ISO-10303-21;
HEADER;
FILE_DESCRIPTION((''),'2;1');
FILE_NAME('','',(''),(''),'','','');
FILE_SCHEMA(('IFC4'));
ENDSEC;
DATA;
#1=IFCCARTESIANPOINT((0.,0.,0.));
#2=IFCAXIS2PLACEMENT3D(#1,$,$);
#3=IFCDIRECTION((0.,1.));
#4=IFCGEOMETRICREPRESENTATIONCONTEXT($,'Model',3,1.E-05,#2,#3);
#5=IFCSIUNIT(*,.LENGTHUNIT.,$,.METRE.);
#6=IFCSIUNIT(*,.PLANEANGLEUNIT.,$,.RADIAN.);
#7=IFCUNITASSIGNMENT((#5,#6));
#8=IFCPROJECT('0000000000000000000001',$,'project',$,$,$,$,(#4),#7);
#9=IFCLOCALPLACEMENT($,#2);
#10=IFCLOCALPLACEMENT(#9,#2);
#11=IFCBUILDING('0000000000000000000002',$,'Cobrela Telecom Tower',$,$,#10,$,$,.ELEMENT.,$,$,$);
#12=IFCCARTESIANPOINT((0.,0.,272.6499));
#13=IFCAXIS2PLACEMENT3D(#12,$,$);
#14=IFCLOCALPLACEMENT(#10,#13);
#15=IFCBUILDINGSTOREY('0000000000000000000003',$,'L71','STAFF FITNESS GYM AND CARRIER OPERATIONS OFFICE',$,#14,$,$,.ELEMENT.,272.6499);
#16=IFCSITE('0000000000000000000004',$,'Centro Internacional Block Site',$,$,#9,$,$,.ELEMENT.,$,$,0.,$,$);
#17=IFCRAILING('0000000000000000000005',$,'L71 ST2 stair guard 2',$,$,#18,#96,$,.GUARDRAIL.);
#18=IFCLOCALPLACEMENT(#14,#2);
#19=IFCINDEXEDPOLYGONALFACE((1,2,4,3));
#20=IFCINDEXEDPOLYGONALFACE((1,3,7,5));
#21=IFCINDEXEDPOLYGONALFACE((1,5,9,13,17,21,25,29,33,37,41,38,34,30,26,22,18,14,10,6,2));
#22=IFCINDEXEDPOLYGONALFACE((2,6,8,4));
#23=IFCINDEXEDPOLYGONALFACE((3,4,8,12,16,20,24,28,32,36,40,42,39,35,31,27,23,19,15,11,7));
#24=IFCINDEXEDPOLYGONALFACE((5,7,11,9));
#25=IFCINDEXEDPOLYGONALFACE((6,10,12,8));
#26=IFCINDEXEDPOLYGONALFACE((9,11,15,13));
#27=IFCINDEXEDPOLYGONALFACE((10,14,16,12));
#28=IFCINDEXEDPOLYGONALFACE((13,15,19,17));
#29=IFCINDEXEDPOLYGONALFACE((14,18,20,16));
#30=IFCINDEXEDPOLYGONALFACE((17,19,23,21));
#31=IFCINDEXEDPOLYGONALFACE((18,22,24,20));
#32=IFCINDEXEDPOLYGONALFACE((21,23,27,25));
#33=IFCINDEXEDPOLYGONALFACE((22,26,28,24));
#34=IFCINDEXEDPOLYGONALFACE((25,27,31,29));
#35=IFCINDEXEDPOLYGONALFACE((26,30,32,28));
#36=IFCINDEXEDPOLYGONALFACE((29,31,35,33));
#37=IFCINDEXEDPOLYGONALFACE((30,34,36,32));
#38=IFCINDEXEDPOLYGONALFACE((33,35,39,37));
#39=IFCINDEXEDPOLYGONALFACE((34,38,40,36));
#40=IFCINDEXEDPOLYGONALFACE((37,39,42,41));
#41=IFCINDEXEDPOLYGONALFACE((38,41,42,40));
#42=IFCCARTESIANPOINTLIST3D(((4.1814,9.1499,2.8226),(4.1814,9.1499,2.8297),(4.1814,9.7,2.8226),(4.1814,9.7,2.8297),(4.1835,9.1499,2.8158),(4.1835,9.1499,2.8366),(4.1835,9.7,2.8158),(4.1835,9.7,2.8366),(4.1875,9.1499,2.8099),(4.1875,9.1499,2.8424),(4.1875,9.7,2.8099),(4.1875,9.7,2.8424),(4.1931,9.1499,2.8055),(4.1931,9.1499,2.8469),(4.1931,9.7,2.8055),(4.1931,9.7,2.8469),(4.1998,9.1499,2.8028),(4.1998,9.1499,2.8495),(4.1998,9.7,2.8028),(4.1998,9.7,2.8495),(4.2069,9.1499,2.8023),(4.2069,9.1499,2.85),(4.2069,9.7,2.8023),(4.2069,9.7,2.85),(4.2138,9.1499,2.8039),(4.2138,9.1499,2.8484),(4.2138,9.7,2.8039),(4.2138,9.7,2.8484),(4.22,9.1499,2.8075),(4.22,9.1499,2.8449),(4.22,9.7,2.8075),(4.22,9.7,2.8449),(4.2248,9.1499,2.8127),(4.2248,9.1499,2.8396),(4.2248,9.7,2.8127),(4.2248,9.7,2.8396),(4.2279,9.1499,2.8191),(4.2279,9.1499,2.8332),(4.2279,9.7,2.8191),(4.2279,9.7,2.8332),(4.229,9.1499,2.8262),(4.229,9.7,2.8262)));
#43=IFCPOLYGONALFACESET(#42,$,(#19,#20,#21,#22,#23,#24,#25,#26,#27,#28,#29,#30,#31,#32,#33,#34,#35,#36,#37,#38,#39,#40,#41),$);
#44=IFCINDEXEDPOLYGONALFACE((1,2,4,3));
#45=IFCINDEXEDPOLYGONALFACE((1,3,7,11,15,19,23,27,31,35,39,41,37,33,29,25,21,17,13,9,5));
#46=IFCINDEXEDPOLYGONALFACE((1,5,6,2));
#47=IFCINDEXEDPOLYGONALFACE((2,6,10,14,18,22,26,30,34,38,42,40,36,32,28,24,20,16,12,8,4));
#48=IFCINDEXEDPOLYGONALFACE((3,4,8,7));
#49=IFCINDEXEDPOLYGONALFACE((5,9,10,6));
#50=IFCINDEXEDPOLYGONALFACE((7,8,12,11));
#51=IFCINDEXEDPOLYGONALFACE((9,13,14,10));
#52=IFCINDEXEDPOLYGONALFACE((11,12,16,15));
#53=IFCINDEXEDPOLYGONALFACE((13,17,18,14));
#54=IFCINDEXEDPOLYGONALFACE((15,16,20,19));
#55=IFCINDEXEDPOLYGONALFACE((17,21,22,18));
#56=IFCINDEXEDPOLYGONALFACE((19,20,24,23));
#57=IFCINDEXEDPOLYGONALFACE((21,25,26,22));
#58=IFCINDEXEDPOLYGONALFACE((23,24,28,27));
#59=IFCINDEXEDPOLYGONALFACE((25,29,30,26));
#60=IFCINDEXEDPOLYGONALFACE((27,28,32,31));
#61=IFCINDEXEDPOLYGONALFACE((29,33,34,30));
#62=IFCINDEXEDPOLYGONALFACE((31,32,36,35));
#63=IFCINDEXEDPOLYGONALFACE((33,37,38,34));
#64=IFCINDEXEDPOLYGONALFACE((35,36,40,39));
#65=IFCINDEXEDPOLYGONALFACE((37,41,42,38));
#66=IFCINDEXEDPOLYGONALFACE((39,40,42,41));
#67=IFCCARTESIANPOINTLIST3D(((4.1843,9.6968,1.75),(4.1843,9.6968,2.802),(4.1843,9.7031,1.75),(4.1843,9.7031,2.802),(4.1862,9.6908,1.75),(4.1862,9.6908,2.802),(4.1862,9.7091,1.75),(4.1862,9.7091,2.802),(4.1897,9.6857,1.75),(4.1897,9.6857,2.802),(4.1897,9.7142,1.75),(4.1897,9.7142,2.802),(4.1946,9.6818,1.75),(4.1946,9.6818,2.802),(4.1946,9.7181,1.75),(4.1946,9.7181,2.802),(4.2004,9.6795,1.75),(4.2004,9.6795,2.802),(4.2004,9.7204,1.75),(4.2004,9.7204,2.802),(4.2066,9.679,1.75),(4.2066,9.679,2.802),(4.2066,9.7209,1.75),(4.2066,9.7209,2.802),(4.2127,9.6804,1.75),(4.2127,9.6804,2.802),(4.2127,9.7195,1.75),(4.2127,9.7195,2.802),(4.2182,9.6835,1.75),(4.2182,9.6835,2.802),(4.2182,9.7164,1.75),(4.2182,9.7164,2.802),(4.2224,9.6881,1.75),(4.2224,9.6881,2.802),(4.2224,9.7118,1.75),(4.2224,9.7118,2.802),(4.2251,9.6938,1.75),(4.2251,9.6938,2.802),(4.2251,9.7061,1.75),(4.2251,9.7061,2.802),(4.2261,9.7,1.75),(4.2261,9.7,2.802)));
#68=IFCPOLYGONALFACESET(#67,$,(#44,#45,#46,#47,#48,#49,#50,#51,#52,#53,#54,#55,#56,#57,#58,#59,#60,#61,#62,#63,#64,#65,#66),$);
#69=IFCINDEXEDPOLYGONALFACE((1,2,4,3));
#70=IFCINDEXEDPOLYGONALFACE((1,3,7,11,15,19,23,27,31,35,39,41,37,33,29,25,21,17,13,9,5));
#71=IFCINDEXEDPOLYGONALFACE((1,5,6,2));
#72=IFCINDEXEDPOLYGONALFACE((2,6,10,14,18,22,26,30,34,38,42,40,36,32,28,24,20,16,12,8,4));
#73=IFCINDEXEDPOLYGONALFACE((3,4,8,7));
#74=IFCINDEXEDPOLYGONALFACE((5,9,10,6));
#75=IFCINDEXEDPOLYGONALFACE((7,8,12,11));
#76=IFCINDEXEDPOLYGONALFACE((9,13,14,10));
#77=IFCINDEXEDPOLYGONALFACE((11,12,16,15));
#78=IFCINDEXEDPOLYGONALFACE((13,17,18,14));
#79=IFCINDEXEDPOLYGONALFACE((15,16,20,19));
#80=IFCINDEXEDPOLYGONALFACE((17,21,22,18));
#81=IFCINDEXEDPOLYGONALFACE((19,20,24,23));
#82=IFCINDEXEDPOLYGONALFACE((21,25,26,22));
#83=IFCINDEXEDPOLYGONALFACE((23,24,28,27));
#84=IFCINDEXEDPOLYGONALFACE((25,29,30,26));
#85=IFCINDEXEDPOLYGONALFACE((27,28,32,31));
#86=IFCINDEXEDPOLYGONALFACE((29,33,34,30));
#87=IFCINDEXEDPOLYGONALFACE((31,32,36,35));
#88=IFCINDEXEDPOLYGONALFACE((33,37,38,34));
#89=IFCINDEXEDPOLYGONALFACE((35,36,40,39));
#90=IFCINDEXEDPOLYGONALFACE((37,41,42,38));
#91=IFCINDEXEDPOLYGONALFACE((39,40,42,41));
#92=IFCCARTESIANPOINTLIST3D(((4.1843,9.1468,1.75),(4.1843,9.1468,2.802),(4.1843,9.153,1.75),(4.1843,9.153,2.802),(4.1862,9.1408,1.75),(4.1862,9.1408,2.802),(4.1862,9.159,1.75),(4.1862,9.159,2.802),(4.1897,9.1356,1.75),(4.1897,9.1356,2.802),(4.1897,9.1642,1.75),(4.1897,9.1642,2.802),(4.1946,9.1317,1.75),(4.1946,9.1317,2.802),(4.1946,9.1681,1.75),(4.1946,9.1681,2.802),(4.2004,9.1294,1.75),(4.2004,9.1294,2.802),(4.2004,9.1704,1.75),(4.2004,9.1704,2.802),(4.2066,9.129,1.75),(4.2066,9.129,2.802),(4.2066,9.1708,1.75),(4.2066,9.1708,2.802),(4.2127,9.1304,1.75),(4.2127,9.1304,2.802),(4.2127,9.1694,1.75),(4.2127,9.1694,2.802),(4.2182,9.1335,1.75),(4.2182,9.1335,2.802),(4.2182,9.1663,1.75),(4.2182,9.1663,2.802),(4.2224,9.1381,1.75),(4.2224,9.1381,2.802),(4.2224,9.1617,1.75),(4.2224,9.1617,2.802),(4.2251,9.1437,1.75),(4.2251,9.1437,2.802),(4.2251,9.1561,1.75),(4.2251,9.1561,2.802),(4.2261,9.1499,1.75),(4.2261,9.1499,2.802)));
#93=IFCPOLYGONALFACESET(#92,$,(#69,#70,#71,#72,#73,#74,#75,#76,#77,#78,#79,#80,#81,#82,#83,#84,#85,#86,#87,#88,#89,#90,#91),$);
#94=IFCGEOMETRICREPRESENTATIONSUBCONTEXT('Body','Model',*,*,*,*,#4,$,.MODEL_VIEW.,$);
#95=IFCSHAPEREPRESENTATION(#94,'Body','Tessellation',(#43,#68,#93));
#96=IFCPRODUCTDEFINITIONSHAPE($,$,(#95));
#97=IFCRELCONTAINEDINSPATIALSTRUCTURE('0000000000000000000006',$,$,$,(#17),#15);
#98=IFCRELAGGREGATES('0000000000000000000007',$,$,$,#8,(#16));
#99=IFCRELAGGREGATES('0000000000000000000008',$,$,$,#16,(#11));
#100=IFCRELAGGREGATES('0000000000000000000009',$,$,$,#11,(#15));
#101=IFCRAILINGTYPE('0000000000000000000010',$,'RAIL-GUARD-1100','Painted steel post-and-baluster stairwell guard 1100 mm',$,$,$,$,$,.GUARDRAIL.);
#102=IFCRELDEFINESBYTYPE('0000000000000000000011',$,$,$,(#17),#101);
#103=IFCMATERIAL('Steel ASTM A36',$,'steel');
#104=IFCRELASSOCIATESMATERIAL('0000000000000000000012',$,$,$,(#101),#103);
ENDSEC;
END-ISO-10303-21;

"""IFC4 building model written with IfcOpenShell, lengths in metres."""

from ifc_helpers import new_model, si_unit, direction, frame, origin, origin_2d, place, context, subcontext, project, spatial, circle, extrude, material, type_object, element, save


model = new_model("IFC4")

# Units and contexts
model_context = context("Model", 3, precision=1e-05, world=origin(), true_north=direction((0.0, 1.0)))
body_context = subcontext(model_context, "Body", "Model", "MODEL_VIEW")
ifc_project = project(units=[si_unit("LENGTHUNIT", "METRE"), si_unit("PLANEANGLEUNIT", "RADIAN")], contexts=[model_context])

# Site, building, storey
site_placement = place(None, origin())
site = spatial("IfcSite", under=ifc_project, at=site_placement, Name="Centro Internacional Block Site", CompositionType="ELEMENT", RefElevation=0.0)
building_placement = place(site_placement, origin())
building = spatial("IfcBuilding", under=site, at=building_placement, Name="Cobrela Telecom Tower", CompositionType="ELEMENT")
storey_placement = place(building_placement, frame((0.0, 0.0, 272.6499)))
storey = spatial("IfcBuildingStorey", under=building, at=storey_placement, Name="L71", Description="STAFF FITNESS GYM AND CARRIER OPERATIONS OFFICE", CompositionType="ELEMENT", Elevation=272.6499)

# Shared definitions
ifc_material_1 = material(Name="Steel ASTM A36", Category="steel")

# Railing
railing_type = type_object("IfcRailingType", Name="RAIL-GUARD-1100", Description="Painted steel post-and-baluster stairwell guard 1100 mm", PredefinedType="GUARDRAIL", material=ifc_material_1)
railing_1_placement = place(storey_placement, frame((4.2051, 9.7, 1.75)))
element("IfcRailing", 1, at=railing_1_placement, inside=storey, type_object=railing_type, Name="L71 ST2 stair guard 2", PredefinedType="GUARDRAIL", context=body_context, shape_type="SweptSolid", body=[
    extrude(circle(Radius=0.0239, at=origin_2d()), frame((0.0, 0.0, 1.0762), z_axis=(0.0, -1.0, 0.0), x_axis=(1.0, 0.0, 0.0)), (0.0, 0.0, 1.0), 0.55),
    extrude(circle(Radius=0.021, at=origin_2d()), origin(), (0.0, 0.0, 1.0), 1.052),
    extrude(circle(Radius=0.021, at=origin_2d()), frame((0.0, -0.55, 0.0)), (0.0, 0.0, 1.0), 1.052),
])

save(model, "model.ifc")
